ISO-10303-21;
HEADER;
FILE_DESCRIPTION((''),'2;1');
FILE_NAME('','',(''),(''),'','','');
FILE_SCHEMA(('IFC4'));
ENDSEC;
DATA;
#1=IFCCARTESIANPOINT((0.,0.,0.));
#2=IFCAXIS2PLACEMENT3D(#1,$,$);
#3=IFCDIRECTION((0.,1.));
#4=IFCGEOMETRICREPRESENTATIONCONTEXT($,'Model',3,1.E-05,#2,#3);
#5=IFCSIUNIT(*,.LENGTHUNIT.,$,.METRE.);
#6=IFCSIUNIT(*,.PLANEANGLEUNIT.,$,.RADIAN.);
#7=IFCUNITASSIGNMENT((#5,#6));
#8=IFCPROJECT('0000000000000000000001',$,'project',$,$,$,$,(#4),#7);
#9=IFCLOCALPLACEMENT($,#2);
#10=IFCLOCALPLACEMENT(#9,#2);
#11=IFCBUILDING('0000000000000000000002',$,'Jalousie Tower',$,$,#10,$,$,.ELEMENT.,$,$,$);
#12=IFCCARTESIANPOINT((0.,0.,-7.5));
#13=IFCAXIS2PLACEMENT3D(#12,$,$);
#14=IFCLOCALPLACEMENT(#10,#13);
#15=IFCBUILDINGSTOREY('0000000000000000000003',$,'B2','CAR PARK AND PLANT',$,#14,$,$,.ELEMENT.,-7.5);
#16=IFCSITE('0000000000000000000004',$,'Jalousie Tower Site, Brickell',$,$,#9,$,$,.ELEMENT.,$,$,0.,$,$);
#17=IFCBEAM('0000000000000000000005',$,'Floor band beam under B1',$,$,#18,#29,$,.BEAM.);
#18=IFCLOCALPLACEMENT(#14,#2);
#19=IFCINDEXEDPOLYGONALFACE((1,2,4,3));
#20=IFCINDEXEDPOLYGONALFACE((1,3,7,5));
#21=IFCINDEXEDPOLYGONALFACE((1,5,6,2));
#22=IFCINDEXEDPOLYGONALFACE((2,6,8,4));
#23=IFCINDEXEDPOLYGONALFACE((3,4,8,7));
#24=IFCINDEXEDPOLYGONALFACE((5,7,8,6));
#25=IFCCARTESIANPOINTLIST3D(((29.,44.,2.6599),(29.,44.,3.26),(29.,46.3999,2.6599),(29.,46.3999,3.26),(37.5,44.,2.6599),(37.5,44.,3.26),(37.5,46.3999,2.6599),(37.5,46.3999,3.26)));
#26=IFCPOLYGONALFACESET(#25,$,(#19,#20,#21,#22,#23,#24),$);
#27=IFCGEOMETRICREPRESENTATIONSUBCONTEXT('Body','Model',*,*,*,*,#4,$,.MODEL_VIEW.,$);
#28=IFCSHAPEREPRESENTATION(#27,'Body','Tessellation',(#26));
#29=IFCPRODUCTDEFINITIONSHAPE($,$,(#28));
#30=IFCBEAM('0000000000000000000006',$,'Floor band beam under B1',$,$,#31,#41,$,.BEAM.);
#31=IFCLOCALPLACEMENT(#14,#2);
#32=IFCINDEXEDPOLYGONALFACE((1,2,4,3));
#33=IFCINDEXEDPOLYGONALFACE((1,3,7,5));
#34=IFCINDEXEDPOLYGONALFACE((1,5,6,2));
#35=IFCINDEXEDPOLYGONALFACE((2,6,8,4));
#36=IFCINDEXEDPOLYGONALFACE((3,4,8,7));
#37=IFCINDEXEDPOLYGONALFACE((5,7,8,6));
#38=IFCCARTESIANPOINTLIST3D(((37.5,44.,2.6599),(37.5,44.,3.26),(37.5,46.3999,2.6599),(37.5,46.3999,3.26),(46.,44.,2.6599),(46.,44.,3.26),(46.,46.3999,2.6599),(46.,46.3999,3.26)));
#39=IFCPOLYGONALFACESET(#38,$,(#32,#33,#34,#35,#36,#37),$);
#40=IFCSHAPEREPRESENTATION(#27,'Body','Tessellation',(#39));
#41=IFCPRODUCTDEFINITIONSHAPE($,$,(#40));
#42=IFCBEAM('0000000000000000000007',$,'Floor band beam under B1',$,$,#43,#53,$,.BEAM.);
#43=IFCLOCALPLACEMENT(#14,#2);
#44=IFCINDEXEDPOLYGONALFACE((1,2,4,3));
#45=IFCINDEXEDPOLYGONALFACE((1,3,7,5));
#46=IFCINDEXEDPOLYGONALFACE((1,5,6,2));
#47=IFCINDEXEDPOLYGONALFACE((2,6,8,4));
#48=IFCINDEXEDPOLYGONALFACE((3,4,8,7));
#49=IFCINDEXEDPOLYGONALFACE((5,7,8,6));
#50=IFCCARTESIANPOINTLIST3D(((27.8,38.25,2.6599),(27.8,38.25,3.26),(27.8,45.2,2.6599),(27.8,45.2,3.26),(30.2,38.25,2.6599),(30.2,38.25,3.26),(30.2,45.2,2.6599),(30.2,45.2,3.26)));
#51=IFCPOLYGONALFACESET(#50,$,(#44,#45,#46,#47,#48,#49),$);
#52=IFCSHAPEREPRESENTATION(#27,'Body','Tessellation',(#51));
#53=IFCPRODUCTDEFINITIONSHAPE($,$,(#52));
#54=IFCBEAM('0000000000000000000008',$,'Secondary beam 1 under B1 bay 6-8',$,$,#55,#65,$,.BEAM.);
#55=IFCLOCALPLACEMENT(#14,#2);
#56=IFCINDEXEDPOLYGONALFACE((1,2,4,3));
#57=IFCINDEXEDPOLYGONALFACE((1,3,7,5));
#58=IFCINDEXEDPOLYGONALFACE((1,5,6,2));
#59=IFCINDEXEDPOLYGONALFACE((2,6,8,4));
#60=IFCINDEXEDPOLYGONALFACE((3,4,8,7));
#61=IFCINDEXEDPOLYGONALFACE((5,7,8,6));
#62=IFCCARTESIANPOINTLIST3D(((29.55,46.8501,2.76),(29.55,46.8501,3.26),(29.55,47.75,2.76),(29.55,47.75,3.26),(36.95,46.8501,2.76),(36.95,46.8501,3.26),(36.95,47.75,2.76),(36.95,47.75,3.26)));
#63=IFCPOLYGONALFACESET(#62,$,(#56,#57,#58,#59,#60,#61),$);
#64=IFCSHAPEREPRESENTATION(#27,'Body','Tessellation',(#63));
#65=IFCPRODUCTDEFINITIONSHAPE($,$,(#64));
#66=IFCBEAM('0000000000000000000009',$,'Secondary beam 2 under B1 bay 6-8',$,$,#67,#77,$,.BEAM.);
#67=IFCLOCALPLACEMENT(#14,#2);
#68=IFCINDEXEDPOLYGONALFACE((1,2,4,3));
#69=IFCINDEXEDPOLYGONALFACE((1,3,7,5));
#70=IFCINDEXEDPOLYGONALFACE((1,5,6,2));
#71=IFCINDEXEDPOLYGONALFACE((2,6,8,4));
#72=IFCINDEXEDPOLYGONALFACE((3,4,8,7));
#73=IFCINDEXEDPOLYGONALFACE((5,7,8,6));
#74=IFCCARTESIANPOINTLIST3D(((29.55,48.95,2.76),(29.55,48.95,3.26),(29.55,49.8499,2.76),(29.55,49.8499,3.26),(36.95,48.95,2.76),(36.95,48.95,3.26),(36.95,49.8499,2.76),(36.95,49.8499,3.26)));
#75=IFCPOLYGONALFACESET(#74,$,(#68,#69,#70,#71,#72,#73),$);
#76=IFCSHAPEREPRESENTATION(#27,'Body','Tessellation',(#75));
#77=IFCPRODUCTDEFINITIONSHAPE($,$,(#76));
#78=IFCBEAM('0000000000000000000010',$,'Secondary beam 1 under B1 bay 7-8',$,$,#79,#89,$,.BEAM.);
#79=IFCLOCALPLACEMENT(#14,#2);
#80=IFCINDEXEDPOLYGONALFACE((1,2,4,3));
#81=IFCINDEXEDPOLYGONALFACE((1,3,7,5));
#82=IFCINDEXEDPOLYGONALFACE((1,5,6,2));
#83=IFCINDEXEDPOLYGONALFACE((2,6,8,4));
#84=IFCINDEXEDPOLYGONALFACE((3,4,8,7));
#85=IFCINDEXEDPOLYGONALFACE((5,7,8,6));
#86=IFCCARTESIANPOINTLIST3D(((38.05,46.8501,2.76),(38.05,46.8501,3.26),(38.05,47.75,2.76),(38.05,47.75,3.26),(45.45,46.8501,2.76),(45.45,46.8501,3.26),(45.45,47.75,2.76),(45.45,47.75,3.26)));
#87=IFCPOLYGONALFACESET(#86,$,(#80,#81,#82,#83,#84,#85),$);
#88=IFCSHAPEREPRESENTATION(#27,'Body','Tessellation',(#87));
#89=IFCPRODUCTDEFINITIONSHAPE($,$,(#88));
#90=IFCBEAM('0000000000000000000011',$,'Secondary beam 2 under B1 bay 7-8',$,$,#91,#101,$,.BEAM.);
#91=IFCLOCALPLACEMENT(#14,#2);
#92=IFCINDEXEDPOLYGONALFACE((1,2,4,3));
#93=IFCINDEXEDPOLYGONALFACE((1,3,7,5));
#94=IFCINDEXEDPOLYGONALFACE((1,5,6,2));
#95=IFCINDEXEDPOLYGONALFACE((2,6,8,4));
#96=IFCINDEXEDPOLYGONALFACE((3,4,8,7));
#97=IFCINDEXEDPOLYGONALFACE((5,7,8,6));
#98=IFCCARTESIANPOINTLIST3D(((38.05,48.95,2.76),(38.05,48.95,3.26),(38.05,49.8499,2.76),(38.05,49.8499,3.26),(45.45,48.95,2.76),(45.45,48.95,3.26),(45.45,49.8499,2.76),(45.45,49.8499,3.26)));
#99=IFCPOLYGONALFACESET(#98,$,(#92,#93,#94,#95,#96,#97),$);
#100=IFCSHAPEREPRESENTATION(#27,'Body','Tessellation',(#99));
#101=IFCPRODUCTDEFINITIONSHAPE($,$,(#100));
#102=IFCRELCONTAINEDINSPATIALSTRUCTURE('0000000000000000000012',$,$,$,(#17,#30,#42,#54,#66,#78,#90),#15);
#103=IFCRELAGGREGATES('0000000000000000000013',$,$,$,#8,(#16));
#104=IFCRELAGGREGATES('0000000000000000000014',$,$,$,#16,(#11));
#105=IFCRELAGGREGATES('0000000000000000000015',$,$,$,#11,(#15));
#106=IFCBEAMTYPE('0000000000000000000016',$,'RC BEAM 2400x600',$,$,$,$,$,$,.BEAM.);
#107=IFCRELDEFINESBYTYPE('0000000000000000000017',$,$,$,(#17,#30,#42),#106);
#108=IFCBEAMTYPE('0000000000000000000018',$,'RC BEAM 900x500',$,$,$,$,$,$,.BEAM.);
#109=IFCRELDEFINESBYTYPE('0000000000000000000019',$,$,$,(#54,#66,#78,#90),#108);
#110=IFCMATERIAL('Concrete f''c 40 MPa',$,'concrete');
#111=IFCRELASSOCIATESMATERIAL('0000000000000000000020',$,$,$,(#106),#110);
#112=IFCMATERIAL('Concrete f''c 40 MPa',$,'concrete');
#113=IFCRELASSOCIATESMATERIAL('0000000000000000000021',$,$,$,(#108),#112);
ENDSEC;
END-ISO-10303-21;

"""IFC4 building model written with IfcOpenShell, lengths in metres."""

from ifc_helpers import new_model, si_unit, direction, frame, origin, origin_2d, place, context, subcontext, project, spatial, rectangle, extrude, material, material_profile, profile_set, type_object, element, save


model = new_model("IFC4")

# Units and contexts
model_context = context("Model", 3, precision=1e-05, world=origin(), true_north=direction((0.0, 1.0)))
body_context = subcontext(model_context, "Body", "Model", "MODEL_VIEW")
ifc_project = project(units=[si_unit("LENGTHUNIT", "METRE"), si_unit("PLANEANGLEUNIT", "RADIAN")], contexts=[model_context])

# Site, building, storey
site_placement = place(None, origin())
site = spatial("IfcSite", under=ifc_project, at=site_placement, Name="Jalousie Tower Site, Brickell", CompositionType="ELEMENT", RefElevation=0.0)
building_placement = place(site_placement, origin())
building = spatial("IfcBuilding", under=site, at=building_placement, Name="Jalousie Tower", CompositionType="ELEMENT")
storey_placement = place(building_placement, frame((0.0, 0.0, -7.5)))
storey = spatial("IfcBuildingStorey", under=building, at=storey_placement, Name="B2", Description="CAR PARK AND PLANT", CompositionType="ELEMENT", Elevation=-7.5)

# Beams
ifc_material_1 = material(Name="Concrete f'c 40 MPa", Category="concrete")
ifc_material_profile_1 = material_profile(ifc_material_1, rectangle(XDim=2.3999, YDim=0.6001, at=origin_2d()), Name="RC 2400x600")
ifc_profile_set_1 = profile_set([ifc_material_profile_1], Name="Concrete f'c 40 MPa")
beam_type_1 = type_object("IfcBeamType", Name="RC BEAM 2400x600", PredefinedType="BEAM", material=ifc_profile_set_1)
for number, where, z_axis, x_axis, name in (
    (1, (29.0, 45.2, 2.96), (1.0, 0.0, 0.0), (0.0, 1.0, 0.0), "Floor band beam under B1"),
    (2, (37.5, 45.2, 2.96), (1.0, 0.0, 0.0), (0.0, 1.0, 0.0), "Floor band beam under B1"),
):
    element("IfcBeam", number, at=place(storey_placement, frame(where, z_axis=z_axis, x_axis=x_axis)), inside=storey, type_object=beam_type_1, Name=name, PredefinedType="BEAM", context=body_context, shape_type="SweptSolid", body=[
        extrude(rectangle(XDim=2.3999, YDim=0.6001, at=origin_2d()), origin(), (0.0, 0.0, 1.0), 8.5),
    ])
beam_placement = place(storey_placement, frame((29.0, 45.2, 2.96), z_axis=(0.0, -1.0, 0.0), x_axis=(1.0, 0.0, 0.0)))
element("IfcBeam", 3, at=beam_placement, inside=storey, type_object=beam_type_1, Name="Floor band beam under B1", PredefinedType="BEAM", context=body_context, shape_type="SweptSolid", body=[
    extrude(rectangle(XDim=2.3999, YDim=0.6001, at=origin_2d()), origin(), (0.0, 0.0, 1.0), 6.95),
])
ifc_material_2 = material(Name="Concrete f'c 40 MPa", Category="concrete")
ifc_material_profile_2 = material_profile(ifc_material_2, rectangle(XDim=0.8999, YDim=0.5, at=origin_2d()), Name="RC 900x500")
ifc_profile_set_2 = profile_set([ifc_material_profile_2], Name="Concrete f'c 40 MPa")
beam_type_2 = type_object("IfcBeamType", Name="RC BEAM 900x500", PredefinedType="BEAM", material=ifc_profile_set_2)
for number, where, z_axis, x_axis, name in (
    (4, (29.55, 47.3, 3.01), (1.0, 0.0, 0.0), (0.0, 1.0, 0.0), "Secondary beam 1 under B1 bay 6-8"),
    (5, (29.55, 49.3999, 3.01), (1.0, 0.0, 0.0), (0.0, 1.0, 0.0), "Secondary beam 2 under B1 bay 6-8"),
    (6, (38.05, 47.3, 3.01), (1.0, 0.0, 0.0), (0.0, 1.0, 0.0), "Secondary beam 1 under B1 bay 7-8"),
    (7, (38.05, 49.3999, 3.01), (1.0, 0.0, 0.0), (0.0, 1.0, 0.0), "Secondary beam 2 under B1 bay 7-8"),
):
    element("IfcBeam", number, at=place(storey_placement, frame(where, z_axis=z_axis, x_axis=x_axis)), inside=storey, type_object=beam_type_2, Name=name, PredefinedType="BEAM", context=body_context, shape_type="SweptSolid", body=[
        extrude(rectangle(XDim=0.8999, YDim=0.5, at=origin_2d()), origin(), (0.0, 0.0, 1.0), 7.3999),
    ])

save(model, "model.ifc")
